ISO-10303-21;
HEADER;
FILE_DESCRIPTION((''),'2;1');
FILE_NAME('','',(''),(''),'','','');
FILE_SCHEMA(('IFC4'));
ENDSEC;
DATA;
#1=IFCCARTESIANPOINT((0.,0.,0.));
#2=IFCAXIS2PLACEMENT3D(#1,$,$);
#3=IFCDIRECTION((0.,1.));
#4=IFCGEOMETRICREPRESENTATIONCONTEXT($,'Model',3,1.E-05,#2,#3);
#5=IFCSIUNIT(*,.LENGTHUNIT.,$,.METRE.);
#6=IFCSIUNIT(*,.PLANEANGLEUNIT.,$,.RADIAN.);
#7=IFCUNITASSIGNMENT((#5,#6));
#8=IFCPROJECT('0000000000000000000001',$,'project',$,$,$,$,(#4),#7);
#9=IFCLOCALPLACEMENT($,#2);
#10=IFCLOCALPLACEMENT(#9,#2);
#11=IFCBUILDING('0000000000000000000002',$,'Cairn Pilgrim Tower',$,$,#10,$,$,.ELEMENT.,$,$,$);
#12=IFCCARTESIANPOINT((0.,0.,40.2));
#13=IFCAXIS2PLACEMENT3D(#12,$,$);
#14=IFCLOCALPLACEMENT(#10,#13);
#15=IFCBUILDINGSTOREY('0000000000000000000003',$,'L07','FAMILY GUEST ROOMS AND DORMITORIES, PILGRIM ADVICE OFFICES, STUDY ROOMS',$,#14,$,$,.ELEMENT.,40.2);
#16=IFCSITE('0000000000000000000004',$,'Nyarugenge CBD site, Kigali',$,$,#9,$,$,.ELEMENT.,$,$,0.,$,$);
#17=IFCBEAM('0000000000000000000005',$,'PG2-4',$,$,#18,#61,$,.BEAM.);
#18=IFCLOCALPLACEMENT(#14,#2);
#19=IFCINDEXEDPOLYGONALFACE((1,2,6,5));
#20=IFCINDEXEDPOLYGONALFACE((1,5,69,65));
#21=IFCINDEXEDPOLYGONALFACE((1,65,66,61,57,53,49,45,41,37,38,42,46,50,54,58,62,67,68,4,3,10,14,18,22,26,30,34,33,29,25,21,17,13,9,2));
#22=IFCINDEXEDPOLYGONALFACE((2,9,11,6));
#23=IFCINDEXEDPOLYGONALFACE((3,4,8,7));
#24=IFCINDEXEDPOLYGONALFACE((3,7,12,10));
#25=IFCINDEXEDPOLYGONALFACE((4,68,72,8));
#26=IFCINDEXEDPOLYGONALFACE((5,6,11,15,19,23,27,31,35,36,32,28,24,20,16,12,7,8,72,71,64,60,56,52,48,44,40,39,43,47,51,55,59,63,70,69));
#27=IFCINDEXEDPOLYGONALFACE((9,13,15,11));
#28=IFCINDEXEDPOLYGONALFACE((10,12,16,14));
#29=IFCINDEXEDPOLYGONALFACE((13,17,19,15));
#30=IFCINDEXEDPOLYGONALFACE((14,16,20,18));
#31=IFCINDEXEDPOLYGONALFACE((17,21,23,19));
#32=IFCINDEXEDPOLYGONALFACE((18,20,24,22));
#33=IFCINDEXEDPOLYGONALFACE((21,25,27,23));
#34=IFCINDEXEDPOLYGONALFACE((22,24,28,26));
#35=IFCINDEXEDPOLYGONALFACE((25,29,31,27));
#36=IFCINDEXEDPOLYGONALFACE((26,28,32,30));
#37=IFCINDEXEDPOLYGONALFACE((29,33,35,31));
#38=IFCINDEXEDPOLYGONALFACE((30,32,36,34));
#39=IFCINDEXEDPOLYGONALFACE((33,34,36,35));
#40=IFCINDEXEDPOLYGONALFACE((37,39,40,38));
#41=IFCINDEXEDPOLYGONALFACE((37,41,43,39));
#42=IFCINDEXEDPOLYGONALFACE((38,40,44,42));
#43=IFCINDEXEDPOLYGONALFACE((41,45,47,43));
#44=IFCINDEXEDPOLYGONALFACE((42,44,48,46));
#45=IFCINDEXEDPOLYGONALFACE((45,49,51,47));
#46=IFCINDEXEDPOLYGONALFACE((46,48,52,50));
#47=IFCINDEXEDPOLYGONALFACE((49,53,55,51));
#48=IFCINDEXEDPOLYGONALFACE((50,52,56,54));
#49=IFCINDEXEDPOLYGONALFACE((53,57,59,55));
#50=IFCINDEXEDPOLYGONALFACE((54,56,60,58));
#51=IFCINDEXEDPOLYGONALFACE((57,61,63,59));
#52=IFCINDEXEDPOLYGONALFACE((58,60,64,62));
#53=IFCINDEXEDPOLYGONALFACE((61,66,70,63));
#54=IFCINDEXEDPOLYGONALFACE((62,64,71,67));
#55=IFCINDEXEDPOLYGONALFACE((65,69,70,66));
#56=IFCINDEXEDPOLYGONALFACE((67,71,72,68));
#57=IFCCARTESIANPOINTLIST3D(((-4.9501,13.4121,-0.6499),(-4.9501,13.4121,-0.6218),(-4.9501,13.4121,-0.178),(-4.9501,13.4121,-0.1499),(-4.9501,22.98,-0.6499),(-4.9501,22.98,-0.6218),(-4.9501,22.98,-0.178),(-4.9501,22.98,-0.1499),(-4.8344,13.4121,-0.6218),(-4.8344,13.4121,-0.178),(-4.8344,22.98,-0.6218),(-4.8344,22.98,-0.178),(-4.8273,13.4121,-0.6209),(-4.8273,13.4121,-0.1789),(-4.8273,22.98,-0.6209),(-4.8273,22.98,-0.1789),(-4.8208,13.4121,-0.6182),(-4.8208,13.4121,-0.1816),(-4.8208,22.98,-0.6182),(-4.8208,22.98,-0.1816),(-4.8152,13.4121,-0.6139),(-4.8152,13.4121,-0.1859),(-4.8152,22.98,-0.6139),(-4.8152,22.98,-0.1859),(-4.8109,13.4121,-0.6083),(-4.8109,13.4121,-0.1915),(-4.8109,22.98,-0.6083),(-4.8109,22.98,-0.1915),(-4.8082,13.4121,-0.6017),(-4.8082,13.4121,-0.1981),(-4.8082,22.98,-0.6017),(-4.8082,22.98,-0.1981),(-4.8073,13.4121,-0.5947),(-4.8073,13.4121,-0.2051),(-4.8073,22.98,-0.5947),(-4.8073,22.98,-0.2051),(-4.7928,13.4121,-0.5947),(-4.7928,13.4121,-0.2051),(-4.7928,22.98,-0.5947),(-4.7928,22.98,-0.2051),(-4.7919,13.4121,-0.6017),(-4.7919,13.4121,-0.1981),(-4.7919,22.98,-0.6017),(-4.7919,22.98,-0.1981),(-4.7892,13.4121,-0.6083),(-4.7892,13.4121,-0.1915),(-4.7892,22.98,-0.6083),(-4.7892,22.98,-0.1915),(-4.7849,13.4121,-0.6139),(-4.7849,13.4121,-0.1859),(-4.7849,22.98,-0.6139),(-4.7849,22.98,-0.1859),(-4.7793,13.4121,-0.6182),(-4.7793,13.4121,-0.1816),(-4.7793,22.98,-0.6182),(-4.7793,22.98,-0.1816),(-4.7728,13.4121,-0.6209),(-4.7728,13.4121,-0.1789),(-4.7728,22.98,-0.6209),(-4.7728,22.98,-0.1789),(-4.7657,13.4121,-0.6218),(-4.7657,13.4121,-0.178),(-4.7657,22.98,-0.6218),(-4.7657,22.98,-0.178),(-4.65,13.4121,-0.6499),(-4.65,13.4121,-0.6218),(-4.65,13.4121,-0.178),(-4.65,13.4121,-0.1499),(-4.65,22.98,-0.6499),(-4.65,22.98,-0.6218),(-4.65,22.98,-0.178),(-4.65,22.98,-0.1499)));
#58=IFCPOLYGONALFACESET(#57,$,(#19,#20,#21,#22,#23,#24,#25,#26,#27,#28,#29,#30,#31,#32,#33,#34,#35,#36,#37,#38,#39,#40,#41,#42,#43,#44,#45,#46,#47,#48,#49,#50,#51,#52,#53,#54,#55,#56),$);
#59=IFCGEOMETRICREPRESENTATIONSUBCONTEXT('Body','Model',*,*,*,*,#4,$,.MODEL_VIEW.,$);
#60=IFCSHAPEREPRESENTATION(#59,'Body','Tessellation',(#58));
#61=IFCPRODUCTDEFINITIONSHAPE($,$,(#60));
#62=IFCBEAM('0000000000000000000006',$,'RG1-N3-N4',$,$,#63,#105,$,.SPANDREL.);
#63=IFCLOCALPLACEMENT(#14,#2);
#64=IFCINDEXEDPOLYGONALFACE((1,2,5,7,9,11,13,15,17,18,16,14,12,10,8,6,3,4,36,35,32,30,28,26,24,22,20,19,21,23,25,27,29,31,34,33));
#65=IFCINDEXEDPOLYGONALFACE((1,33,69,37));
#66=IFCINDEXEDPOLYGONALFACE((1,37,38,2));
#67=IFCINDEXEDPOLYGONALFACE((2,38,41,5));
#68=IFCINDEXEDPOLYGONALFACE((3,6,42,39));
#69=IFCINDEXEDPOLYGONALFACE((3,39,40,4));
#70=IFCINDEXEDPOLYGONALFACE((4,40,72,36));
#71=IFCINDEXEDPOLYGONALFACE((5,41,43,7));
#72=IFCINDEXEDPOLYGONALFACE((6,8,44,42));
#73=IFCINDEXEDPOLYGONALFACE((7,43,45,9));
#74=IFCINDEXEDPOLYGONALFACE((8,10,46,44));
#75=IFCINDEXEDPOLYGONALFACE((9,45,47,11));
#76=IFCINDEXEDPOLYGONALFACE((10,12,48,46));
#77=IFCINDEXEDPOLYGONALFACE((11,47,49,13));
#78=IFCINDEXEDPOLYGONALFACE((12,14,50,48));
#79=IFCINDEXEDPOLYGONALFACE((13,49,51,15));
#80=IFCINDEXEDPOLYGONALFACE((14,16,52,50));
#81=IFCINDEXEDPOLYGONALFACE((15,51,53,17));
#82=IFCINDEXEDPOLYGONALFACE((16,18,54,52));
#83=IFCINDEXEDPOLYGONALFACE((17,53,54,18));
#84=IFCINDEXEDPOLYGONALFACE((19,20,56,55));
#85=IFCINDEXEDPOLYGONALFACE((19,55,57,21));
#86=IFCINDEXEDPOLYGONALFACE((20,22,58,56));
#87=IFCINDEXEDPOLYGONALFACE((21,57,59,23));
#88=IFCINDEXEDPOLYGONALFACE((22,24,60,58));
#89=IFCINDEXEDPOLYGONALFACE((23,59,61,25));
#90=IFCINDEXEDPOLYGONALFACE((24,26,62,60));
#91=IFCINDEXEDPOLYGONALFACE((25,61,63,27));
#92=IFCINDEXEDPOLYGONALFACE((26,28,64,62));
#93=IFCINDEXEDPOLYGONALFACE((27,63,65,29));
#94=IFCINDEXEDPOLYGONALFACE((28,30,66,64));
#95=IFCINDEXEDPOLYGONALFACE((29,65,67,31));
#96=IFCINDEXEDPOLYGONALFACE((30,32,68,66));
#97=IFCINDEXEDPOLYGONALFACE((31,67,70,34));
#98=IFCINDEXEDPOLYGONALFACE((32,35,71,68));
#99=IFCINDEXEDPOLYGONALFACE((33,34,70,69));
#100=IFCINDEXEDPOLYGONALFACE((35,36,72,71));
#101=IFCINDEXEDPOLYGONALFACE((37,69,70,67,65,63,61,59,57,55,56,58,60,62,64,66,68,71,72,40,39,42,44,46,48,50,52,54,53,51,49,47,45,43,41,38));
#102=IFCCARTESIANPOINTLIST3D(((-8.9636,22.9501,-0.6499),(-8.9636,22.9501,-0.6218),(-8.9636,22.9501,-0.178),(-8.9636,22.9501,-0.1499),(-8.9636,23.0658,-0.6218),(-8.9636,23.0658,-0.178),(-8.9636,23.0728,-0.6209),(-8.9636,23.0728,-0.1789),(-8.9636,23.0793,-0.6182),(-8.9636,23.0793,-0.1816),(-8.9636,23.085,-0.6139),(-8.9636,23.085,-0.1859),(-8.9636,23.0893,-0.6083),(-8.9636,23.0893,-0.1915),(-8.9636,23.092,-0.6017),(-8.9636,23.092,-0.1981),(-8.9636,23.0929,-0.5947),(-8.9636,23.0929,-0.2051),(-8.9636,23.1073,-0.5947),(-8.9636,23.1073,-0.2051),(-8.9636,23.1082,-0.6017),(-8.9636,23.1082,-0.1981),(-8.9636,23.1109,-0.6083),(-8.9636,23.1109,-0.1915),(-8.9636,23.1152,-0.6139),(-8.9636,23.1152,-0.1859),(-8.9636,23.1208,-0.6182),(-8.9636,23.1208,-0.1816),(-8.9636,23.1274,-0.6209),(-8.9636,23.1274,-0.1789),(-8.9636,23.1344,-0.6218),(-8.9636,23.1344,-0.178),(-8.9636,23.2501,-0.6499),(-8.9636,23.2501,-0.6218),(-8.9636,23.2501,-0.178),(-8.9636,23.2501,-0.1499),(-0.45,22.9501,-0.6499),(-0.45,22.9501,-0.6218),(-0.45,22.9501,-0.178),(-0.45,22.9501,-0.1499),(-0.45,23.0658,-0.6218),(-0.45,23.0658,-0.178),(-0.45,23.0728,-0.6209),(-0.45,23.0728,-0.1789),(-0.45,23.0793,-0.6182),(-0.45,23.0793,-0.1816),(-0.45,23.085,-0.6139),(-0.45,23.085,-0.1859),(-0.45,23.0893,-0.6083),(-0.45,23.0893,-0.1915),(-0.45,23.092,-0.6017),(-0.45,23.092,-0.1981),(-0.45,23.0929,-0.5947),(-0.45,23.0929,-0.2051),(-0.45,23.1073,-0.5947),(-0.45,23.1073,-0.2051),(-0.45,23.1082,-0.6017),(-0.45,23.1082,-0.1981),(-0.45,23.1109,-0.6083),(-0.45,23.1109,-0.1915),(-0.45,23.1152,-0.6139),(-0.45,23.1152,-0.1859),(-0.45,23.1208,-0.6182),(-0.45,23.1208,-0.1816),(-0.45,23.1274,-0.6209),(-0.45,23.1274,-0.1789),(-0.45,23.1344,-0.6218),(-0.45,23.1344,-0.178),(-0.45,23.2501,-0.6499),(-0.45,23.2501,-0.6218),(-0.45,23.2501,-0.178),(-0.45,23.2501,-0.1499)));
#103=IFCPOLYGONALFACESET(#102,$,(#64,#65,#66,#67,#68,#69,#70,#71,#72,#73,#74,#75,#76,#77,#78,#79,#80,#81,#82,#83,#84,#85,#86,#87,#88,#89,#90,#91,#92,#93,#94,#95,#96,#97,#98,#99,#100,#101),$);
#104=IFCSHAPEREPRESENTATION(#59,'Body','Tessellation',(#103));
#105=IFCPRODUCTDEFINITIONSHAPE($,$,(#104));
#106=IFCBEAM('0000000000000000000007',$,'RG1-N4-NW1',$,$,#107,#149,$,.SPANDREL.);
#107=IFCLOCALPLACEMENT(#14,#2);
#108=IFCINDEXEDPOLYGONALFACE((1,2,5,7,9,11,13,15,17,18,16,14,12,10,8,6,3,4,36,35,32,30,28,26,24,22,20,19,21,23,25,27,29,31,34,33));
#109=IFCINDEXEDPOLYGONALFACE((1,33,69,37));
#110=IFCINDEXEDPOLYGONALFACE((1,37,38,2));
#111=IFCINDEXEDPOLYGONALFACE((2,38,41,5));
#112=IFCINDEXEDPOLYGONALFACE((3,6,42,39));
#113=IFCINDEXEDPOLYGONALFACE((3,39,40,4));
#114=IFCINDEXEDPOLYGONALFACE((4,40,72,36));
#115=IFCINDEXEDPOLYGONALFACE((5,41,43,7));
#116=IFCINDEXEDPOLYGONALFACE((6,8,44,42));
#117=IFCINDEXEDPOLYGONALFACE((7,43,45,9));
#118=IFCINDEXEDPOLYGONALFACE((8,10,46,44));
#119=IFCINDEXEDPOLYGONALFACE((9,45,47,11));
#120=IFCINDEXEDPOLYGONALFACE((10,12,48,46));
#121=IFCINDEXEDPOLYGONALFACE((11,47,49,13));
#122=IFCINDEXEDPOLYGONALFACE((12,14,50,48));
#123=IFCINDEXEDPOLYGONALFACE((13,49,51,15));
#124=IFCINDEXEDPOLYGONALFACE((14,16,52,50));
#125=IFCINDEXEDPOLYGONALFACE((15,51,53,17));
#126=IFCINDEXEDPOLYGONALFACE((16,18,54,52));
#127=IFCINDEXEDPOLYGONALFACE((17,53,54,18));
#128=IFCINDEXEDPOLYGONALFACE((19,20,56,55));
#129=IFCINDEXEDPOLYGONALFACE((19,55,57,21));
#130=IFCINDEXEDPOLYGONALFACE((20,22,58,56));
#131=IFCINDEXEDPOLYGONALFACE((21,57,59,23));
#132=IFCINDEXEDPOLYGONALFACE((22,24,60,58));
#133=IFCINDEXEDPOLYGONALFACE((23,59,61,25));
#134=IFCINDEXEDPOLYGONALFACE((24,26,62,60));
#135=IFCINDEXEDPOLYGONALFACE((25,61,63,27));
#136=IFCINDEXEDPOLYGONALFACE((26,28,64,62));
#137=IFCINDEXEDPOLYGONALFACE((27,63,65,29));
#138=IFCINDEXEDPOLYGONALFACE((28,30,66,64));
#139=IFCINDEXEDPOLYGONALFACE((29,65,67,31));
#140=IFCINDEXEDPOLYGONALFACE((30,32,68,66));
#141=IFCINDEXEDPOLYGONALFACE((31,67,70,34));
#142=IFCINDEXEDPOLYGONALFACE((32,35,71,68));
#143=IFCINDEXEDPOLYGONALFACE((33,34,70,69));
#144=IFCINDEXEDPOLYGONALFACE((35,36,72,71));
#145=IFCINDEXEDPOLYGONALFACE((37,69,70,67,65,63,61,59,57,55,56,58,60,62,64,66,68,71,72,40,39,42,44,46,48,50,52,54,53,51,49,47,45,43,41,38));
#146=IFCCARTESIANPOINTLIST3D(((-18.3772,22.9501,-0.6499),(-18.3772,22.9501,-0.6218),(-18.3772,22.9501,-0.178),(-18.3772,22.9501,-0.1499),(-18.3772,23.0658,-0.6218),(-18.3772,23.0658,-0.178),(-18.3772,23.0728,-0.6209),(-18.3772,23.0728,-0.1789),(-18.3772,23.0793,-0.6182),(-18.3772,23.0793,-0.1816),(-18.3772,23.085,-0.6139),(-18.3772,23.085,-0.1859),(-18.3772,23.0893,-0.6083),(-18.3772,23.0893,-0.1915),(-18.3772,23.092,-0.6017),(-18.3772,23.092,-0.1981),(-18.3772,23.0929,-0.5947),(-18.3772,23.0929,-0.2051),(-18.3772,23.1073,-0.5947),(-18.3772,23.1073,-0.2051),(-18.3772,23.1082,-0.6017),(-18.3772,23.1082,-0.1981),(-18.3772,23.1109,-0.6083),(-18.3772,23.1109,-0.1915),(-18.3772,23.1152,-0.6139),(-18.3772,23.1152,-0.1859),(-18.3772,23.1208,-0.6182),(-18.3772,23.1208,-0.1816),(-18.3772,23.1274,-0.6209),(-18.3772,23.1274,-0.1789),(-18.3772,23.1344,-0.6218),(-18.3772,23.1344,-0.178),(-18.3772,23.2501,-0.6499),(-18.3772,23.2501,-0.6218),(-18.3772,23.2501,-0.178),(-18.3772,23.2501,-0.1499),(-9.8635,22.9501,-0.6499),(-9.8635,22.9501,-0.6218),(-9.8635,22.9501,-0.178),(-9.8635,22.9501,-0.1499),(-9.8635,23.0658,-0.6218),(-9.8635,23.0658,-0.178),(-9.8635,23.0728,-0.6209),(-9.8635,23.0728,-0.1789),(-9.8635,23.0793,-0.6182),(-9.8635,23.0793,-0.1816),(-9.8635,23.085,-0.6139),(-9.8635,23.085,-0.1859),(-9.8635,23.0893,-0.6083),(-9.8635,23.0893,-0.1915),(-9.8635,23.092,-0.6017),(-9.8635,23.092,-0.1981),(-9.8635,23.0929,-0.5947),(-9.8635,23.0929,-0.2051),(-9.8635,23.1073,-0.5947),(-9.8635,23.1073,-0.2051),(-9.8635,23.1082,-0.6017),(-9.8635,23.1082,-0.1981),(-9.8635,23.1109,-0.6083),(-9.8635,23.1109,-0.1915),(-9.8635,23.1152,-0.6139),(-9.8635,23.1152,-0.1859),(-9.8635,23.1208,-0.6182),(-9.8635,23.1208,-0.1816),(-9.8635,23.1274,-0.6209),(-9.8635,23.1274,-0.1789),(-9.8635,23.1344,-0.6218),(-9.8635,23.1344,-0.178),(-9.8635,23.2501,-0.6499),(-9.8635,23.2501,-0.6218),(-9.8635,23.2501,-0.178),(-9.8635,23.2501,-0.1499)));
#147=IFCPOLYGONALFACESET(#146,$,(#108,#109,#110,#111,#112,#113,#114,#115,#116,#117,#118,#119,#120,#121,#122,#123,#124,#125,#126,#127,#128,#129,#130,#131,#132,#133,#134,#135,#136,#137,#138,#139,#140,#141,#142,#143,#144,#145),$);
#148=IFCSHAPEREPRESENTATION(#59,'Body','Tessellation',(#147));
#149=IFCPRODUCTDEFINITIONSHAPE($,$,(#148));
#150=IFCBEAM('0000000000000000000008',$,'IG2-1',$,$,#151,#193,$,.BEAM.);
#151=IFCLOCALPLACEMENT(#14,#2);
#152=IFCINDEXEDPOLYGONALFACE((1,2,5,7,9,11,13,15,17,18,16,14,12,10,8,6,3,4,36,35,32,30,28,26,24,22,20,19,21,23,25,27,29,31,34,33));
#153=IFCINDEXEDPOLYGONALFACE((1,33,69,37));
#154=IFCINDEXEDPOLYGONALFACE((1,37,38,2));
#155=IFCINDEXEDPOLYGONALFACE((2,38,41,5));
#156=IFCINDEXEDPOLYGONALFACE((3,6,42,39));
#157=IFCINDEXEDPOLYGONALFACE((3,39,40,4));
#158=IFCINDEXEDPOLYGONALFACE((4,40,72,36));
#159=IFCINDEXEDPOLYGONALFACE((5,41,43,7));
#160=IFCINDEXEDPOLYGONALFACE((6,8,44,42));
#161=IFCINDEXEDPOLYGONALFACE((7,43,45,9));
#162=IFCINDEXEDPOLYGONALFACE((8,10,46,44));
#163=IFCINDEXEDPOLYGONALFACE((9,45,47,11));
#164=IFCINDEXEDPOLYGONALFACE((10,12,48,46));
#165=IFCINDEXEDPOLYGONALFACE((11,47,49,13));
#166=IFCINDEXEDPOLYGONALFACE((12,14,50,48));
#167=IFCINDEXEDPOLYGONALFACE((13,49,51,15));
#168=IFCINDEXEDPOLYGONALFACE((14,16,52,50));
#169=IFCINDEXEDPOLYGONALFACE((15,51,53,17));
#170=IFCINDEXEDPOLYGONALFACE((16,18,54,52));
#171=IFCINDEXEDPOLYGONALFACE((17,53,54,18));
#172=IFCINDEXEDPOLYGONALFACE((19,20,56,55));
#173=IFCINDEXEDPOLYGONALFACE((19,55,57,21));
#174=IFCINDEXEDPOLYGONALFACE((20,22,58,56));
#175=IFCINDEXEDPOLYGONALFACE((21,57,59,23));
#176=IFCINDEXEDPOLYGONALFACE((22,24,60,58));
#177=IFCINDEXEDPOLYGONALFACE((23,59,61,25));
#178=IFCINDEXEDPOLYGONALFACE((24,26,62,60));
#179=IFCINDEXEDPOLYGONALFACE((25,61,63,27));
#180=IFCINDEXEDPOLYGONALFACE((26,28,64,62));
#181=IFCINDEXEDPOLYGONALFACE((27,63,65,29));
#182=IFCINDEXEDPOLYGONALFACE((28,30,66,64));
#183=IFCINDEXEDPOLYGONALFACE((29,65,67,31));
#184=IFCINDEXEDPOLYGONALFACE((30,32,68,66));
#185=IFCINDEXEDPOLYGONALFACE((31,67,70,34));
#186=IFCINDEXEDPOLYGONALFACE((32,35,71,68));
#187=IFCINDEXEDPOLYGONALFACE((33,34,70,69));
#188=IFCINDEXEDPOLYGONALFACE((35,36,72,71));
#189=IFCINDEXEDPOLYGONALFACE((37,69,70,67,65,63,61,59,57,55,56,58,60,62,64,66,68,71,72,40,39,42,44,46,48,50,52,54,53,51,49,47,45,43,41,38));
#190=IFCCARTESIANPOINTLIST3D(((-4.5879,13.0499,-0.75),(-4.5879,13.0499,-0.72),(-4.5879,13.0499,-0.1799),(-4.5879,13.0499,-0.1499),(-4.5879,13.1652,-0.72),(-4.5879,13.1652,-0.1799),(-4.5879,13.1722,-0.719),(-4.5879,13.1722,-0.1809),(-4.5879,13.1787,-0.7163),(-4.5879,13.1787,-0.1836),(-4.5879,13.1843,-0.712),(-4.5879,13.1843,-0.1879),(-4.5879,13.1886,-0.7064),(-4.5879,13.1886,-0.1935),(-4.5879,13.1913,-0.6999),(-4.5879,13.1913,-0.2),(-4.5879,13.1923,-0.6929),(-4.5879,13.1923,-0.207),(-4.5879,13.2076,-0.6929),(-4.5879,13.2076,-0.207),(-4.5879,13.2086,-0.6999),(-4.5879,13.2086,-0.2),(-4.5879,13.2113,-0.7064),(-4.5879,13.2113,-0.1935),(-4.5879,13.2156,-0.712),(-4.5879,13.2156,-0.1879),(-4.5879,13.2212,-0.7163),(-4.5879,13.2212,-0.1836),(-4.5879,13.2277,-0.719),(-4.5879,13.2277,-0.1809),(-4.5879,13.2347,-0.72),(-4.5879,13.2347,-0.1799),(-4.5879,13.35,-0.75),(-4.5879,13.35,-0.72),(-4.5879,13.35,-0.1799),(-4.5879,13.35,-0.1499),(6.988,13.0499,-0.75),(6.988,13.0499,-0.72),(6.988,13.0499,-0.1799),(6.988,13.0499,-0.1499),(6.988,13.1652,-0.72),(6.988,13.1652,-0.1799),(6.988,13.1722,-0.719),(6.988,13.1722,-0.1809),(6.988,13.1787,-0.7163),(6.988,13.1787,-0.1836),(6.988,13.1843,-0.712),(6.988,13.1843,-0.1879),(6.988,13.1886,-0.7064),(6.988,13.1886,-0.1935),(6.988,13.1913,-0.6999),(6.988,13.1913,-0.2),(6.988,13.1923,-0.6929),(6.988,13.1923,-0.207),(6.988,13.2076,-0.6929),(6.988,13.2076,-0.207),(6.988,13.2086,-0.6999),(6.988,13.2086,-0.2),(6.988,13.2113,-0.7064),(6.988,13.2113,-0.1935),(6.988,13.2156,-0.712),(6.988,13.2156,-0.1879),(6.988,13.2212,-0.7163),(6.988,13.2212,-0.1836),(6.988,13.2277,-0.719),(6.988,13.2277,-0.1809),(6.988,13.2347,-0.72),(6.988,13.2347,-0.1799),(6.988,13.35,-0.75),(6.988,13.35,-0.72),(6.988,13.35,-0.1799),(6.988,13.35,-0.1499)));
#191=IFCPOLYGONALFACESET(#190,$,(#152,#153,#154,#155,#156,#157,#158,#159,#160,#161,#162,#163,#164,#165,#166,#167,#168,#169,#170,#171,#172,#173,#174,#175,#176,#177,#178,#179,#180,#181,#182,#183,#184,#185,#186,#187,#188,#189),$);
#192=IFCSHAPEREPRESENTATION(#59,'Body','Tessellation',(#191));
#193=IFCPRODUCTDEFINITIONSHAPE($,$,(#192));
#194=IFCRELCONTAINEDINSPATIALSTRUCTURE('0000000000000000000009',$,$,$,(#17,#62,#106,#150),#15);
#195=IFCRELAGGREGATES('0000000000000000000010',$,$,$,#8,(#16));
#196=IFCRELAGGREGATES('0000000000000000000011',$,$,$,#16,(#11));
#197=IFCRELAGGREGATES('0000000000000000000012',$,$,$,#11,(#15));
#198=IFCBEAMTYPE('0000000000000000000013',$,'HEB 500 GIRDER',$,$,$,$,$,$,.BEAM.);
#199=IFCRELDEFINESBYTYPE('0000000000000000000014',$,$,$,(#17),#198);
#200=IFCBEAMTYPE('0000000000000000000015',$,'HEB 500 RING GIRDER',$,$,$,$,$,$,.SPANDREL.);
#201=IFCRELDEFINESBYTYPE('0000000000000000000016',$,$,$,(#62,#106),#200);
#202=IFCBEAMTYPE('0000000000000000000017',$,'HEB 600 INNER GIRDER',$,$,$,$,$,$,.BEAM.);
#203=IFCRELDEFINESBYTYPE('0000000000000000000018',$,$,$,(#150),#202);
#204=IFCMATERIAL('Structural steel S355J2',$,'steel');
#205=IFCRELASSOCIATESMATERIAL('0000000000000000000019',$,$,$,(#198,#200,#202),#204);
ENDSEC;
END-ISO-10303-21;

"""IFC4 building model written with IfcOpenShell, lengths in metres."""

from ifc_helpers import new_model, si_unit, direction, frame, origin, origin_2d, place, context, subcontext, project, spatial, i_section, extrude, material, material_profile, profile_set, type_object, element, save


model = new_model("IFC4")

# Units and contexts
model_context = context("Model", 3, precision=1e-05, world=origin(), true_north=direction((0.0, 1.0)))
body_context = subcontext(model_context, "Body", "Model", "MODEL_VIEW")
ifc_project = project(units=[si_unit("LENGTHUNIT", "METRE"), si_unit("PLANEANGLEUNIT", "RADIAN")], contexts=[model_context])

# Site, building, storey
site_placement = place(None, origin())
site = spatial("IfcSite", under=ifc_project, at=site_placement, Name="Nyarugenge CBD site, Kigali", CompositionType="ELEMENT", RefElevation=0.0)
building_placement = place(site_placement, origin())
building = spatial("IfcBuilding", under=site, at=building_placement, Name="Cairn Pilgrim Tower", CompositionType="ELEMENT")
storey_placement = place(building_placement, frame((0.0, 0.0, 40.2)))
storey = spatial("IfcBuildingStorey", under=building, at=storey_placement, Name="L07", Description="FAMILY GUEST ROOMS AND DORMITORIES, PILGRIM ADVICE OFFICES, STUDY ROOMS", CompositionType="ELEMENT", Elevation=40.2)

# Beams
ifc_material_1 = material(Name="Structural steel S355J2", Category="steel")
ifc_material_profile_1 = material_profile(ifc_material_1, i_section(OverallWidth=0.3, OverallDepth=0.5, WebThickness=0.0144, FlangeThickness=0.0281, FilletRadius=0.0271, at=origin_2d()), Name="HEB 500")
ifc_profile_set_1 = profile_set([ifc_material_profile_1], Name="Structural steel S355J2")
beam_type_1 = type_object("IfcBeamType", Name="HEB 500 GIRDER", PredefinedType="BEAM", material=ifc_profile_set_1)
beam_1_placement = place(storey_placement, frame((-4.8, 13.4121, -0.3999), z_axis=(0.0, 1.0, 0.0), x_axis=(-1.0, 0.0, 0.0)))
element("IfcBeam", 1, at=beam_1_placement, inside=storey, type_object=beam_type_1, Name="PG2-4", PredefinedType="BEAM", context=body_context, shape_type="SweptSolid", body=[
    extrude(i_section(OverallWidth=0.3, OverallDepth=0.5, WebThickness=0.0144, FlangeThickness=0.0281, FilletRadius=0.0271, at=origin_2d()), origin(), (0.0, 0.0, 1.0), 9.5679),
])
ifc_material_profile_2 = material_profile(ifc_material_1, i_section(OverallWidth=0.3, OverallDepth=0.5, WebThickness=0.0144, FlangeThickness=0.0281, FilletRadius=0.0271, at=origin_2d()), Name="HEB 500")
ifc_profile_set_2 = profile_set([ifc_material_profile_2], Name="Structural steel S355J2")
beam_type_2 = type_object("IfcBeamType", Name="HEB 500 RING GIRDER", PredefinedType="SPANDREL", material=ifc_profile_set_2)
for number, where, z_axis, x_axis, name in (
    (2, (-0.45, 23.1001, -0.3999), (-1.0, 0.0, 0.0), (0.0, -1.0, 0.0), "RG1-N3-N4"),
    (3, (-9.8635, 23.1001, -0.3999), (-1.0, 0.0, 0.0), (0.0, -1.0, 0.0), "RG1-N4-NW1"),
):
    element("IfcBeam", number, at=place(storey_placement, frame(where, z_axis=z_axis, x_axis=x_axis)), inside=storey, type_object=beam_type_2, Name=name, PredefinedType="SPANDREL", context=body_context, shape_type="SweptSolid", body=[
        extrude(i_section(OverallWidth=0.3, OverallDepth=0.5, WebThickness=0.0144, FlangeThickness=0.0281, FilletRadius=0.0271, at=origin_2d()), origin(), (0.0, 0.0, 1.0), 8.5137),
    ])
ifc_material_profile_3 = material_profile(ifc_material_1, i_section(OverallWidth=0.3, OverallDepth=0.6001, WebThickness=0.0154, FlangeThickness=0.03, FilletRadius=0.0271, at=origin_2d()), Name="HEB 600")
ifc_profile_set_3 = profile_set([ifc_material_profile_3], Name="Structural steel S355J2")
beam_type_3 = type_object("IfcBeamType", Name="HEB 600 INNER GIRDER", PredefinedType="BEAM", material=ifc_profile_set_3)
beam_2_placement = place(storey_placement, frame((-4.5879, 13.2, -0.45), z_axis=(1.0, 0.0, 0.0), x_axis=(0.0, 1.0, 0.0)))
element("IfcBeam", 4, at=beam_2_placement, inside=storey, type_object=beam_type_3, Name="IG2-1", PredefinedType="BEAM", context=body_context, shape_type="SweptSolid", body=[
    extrude(i_section(OverallWidth=0.3, OverallDepth=0.6001, WebThickness=0.0154, FlangeThickness=0.03, FilletRadius=0.0271, at=origin_2d()), origin(), (0.0, 0.0, 1.0), 11.5759),
])

save(model, "model.ifc")
